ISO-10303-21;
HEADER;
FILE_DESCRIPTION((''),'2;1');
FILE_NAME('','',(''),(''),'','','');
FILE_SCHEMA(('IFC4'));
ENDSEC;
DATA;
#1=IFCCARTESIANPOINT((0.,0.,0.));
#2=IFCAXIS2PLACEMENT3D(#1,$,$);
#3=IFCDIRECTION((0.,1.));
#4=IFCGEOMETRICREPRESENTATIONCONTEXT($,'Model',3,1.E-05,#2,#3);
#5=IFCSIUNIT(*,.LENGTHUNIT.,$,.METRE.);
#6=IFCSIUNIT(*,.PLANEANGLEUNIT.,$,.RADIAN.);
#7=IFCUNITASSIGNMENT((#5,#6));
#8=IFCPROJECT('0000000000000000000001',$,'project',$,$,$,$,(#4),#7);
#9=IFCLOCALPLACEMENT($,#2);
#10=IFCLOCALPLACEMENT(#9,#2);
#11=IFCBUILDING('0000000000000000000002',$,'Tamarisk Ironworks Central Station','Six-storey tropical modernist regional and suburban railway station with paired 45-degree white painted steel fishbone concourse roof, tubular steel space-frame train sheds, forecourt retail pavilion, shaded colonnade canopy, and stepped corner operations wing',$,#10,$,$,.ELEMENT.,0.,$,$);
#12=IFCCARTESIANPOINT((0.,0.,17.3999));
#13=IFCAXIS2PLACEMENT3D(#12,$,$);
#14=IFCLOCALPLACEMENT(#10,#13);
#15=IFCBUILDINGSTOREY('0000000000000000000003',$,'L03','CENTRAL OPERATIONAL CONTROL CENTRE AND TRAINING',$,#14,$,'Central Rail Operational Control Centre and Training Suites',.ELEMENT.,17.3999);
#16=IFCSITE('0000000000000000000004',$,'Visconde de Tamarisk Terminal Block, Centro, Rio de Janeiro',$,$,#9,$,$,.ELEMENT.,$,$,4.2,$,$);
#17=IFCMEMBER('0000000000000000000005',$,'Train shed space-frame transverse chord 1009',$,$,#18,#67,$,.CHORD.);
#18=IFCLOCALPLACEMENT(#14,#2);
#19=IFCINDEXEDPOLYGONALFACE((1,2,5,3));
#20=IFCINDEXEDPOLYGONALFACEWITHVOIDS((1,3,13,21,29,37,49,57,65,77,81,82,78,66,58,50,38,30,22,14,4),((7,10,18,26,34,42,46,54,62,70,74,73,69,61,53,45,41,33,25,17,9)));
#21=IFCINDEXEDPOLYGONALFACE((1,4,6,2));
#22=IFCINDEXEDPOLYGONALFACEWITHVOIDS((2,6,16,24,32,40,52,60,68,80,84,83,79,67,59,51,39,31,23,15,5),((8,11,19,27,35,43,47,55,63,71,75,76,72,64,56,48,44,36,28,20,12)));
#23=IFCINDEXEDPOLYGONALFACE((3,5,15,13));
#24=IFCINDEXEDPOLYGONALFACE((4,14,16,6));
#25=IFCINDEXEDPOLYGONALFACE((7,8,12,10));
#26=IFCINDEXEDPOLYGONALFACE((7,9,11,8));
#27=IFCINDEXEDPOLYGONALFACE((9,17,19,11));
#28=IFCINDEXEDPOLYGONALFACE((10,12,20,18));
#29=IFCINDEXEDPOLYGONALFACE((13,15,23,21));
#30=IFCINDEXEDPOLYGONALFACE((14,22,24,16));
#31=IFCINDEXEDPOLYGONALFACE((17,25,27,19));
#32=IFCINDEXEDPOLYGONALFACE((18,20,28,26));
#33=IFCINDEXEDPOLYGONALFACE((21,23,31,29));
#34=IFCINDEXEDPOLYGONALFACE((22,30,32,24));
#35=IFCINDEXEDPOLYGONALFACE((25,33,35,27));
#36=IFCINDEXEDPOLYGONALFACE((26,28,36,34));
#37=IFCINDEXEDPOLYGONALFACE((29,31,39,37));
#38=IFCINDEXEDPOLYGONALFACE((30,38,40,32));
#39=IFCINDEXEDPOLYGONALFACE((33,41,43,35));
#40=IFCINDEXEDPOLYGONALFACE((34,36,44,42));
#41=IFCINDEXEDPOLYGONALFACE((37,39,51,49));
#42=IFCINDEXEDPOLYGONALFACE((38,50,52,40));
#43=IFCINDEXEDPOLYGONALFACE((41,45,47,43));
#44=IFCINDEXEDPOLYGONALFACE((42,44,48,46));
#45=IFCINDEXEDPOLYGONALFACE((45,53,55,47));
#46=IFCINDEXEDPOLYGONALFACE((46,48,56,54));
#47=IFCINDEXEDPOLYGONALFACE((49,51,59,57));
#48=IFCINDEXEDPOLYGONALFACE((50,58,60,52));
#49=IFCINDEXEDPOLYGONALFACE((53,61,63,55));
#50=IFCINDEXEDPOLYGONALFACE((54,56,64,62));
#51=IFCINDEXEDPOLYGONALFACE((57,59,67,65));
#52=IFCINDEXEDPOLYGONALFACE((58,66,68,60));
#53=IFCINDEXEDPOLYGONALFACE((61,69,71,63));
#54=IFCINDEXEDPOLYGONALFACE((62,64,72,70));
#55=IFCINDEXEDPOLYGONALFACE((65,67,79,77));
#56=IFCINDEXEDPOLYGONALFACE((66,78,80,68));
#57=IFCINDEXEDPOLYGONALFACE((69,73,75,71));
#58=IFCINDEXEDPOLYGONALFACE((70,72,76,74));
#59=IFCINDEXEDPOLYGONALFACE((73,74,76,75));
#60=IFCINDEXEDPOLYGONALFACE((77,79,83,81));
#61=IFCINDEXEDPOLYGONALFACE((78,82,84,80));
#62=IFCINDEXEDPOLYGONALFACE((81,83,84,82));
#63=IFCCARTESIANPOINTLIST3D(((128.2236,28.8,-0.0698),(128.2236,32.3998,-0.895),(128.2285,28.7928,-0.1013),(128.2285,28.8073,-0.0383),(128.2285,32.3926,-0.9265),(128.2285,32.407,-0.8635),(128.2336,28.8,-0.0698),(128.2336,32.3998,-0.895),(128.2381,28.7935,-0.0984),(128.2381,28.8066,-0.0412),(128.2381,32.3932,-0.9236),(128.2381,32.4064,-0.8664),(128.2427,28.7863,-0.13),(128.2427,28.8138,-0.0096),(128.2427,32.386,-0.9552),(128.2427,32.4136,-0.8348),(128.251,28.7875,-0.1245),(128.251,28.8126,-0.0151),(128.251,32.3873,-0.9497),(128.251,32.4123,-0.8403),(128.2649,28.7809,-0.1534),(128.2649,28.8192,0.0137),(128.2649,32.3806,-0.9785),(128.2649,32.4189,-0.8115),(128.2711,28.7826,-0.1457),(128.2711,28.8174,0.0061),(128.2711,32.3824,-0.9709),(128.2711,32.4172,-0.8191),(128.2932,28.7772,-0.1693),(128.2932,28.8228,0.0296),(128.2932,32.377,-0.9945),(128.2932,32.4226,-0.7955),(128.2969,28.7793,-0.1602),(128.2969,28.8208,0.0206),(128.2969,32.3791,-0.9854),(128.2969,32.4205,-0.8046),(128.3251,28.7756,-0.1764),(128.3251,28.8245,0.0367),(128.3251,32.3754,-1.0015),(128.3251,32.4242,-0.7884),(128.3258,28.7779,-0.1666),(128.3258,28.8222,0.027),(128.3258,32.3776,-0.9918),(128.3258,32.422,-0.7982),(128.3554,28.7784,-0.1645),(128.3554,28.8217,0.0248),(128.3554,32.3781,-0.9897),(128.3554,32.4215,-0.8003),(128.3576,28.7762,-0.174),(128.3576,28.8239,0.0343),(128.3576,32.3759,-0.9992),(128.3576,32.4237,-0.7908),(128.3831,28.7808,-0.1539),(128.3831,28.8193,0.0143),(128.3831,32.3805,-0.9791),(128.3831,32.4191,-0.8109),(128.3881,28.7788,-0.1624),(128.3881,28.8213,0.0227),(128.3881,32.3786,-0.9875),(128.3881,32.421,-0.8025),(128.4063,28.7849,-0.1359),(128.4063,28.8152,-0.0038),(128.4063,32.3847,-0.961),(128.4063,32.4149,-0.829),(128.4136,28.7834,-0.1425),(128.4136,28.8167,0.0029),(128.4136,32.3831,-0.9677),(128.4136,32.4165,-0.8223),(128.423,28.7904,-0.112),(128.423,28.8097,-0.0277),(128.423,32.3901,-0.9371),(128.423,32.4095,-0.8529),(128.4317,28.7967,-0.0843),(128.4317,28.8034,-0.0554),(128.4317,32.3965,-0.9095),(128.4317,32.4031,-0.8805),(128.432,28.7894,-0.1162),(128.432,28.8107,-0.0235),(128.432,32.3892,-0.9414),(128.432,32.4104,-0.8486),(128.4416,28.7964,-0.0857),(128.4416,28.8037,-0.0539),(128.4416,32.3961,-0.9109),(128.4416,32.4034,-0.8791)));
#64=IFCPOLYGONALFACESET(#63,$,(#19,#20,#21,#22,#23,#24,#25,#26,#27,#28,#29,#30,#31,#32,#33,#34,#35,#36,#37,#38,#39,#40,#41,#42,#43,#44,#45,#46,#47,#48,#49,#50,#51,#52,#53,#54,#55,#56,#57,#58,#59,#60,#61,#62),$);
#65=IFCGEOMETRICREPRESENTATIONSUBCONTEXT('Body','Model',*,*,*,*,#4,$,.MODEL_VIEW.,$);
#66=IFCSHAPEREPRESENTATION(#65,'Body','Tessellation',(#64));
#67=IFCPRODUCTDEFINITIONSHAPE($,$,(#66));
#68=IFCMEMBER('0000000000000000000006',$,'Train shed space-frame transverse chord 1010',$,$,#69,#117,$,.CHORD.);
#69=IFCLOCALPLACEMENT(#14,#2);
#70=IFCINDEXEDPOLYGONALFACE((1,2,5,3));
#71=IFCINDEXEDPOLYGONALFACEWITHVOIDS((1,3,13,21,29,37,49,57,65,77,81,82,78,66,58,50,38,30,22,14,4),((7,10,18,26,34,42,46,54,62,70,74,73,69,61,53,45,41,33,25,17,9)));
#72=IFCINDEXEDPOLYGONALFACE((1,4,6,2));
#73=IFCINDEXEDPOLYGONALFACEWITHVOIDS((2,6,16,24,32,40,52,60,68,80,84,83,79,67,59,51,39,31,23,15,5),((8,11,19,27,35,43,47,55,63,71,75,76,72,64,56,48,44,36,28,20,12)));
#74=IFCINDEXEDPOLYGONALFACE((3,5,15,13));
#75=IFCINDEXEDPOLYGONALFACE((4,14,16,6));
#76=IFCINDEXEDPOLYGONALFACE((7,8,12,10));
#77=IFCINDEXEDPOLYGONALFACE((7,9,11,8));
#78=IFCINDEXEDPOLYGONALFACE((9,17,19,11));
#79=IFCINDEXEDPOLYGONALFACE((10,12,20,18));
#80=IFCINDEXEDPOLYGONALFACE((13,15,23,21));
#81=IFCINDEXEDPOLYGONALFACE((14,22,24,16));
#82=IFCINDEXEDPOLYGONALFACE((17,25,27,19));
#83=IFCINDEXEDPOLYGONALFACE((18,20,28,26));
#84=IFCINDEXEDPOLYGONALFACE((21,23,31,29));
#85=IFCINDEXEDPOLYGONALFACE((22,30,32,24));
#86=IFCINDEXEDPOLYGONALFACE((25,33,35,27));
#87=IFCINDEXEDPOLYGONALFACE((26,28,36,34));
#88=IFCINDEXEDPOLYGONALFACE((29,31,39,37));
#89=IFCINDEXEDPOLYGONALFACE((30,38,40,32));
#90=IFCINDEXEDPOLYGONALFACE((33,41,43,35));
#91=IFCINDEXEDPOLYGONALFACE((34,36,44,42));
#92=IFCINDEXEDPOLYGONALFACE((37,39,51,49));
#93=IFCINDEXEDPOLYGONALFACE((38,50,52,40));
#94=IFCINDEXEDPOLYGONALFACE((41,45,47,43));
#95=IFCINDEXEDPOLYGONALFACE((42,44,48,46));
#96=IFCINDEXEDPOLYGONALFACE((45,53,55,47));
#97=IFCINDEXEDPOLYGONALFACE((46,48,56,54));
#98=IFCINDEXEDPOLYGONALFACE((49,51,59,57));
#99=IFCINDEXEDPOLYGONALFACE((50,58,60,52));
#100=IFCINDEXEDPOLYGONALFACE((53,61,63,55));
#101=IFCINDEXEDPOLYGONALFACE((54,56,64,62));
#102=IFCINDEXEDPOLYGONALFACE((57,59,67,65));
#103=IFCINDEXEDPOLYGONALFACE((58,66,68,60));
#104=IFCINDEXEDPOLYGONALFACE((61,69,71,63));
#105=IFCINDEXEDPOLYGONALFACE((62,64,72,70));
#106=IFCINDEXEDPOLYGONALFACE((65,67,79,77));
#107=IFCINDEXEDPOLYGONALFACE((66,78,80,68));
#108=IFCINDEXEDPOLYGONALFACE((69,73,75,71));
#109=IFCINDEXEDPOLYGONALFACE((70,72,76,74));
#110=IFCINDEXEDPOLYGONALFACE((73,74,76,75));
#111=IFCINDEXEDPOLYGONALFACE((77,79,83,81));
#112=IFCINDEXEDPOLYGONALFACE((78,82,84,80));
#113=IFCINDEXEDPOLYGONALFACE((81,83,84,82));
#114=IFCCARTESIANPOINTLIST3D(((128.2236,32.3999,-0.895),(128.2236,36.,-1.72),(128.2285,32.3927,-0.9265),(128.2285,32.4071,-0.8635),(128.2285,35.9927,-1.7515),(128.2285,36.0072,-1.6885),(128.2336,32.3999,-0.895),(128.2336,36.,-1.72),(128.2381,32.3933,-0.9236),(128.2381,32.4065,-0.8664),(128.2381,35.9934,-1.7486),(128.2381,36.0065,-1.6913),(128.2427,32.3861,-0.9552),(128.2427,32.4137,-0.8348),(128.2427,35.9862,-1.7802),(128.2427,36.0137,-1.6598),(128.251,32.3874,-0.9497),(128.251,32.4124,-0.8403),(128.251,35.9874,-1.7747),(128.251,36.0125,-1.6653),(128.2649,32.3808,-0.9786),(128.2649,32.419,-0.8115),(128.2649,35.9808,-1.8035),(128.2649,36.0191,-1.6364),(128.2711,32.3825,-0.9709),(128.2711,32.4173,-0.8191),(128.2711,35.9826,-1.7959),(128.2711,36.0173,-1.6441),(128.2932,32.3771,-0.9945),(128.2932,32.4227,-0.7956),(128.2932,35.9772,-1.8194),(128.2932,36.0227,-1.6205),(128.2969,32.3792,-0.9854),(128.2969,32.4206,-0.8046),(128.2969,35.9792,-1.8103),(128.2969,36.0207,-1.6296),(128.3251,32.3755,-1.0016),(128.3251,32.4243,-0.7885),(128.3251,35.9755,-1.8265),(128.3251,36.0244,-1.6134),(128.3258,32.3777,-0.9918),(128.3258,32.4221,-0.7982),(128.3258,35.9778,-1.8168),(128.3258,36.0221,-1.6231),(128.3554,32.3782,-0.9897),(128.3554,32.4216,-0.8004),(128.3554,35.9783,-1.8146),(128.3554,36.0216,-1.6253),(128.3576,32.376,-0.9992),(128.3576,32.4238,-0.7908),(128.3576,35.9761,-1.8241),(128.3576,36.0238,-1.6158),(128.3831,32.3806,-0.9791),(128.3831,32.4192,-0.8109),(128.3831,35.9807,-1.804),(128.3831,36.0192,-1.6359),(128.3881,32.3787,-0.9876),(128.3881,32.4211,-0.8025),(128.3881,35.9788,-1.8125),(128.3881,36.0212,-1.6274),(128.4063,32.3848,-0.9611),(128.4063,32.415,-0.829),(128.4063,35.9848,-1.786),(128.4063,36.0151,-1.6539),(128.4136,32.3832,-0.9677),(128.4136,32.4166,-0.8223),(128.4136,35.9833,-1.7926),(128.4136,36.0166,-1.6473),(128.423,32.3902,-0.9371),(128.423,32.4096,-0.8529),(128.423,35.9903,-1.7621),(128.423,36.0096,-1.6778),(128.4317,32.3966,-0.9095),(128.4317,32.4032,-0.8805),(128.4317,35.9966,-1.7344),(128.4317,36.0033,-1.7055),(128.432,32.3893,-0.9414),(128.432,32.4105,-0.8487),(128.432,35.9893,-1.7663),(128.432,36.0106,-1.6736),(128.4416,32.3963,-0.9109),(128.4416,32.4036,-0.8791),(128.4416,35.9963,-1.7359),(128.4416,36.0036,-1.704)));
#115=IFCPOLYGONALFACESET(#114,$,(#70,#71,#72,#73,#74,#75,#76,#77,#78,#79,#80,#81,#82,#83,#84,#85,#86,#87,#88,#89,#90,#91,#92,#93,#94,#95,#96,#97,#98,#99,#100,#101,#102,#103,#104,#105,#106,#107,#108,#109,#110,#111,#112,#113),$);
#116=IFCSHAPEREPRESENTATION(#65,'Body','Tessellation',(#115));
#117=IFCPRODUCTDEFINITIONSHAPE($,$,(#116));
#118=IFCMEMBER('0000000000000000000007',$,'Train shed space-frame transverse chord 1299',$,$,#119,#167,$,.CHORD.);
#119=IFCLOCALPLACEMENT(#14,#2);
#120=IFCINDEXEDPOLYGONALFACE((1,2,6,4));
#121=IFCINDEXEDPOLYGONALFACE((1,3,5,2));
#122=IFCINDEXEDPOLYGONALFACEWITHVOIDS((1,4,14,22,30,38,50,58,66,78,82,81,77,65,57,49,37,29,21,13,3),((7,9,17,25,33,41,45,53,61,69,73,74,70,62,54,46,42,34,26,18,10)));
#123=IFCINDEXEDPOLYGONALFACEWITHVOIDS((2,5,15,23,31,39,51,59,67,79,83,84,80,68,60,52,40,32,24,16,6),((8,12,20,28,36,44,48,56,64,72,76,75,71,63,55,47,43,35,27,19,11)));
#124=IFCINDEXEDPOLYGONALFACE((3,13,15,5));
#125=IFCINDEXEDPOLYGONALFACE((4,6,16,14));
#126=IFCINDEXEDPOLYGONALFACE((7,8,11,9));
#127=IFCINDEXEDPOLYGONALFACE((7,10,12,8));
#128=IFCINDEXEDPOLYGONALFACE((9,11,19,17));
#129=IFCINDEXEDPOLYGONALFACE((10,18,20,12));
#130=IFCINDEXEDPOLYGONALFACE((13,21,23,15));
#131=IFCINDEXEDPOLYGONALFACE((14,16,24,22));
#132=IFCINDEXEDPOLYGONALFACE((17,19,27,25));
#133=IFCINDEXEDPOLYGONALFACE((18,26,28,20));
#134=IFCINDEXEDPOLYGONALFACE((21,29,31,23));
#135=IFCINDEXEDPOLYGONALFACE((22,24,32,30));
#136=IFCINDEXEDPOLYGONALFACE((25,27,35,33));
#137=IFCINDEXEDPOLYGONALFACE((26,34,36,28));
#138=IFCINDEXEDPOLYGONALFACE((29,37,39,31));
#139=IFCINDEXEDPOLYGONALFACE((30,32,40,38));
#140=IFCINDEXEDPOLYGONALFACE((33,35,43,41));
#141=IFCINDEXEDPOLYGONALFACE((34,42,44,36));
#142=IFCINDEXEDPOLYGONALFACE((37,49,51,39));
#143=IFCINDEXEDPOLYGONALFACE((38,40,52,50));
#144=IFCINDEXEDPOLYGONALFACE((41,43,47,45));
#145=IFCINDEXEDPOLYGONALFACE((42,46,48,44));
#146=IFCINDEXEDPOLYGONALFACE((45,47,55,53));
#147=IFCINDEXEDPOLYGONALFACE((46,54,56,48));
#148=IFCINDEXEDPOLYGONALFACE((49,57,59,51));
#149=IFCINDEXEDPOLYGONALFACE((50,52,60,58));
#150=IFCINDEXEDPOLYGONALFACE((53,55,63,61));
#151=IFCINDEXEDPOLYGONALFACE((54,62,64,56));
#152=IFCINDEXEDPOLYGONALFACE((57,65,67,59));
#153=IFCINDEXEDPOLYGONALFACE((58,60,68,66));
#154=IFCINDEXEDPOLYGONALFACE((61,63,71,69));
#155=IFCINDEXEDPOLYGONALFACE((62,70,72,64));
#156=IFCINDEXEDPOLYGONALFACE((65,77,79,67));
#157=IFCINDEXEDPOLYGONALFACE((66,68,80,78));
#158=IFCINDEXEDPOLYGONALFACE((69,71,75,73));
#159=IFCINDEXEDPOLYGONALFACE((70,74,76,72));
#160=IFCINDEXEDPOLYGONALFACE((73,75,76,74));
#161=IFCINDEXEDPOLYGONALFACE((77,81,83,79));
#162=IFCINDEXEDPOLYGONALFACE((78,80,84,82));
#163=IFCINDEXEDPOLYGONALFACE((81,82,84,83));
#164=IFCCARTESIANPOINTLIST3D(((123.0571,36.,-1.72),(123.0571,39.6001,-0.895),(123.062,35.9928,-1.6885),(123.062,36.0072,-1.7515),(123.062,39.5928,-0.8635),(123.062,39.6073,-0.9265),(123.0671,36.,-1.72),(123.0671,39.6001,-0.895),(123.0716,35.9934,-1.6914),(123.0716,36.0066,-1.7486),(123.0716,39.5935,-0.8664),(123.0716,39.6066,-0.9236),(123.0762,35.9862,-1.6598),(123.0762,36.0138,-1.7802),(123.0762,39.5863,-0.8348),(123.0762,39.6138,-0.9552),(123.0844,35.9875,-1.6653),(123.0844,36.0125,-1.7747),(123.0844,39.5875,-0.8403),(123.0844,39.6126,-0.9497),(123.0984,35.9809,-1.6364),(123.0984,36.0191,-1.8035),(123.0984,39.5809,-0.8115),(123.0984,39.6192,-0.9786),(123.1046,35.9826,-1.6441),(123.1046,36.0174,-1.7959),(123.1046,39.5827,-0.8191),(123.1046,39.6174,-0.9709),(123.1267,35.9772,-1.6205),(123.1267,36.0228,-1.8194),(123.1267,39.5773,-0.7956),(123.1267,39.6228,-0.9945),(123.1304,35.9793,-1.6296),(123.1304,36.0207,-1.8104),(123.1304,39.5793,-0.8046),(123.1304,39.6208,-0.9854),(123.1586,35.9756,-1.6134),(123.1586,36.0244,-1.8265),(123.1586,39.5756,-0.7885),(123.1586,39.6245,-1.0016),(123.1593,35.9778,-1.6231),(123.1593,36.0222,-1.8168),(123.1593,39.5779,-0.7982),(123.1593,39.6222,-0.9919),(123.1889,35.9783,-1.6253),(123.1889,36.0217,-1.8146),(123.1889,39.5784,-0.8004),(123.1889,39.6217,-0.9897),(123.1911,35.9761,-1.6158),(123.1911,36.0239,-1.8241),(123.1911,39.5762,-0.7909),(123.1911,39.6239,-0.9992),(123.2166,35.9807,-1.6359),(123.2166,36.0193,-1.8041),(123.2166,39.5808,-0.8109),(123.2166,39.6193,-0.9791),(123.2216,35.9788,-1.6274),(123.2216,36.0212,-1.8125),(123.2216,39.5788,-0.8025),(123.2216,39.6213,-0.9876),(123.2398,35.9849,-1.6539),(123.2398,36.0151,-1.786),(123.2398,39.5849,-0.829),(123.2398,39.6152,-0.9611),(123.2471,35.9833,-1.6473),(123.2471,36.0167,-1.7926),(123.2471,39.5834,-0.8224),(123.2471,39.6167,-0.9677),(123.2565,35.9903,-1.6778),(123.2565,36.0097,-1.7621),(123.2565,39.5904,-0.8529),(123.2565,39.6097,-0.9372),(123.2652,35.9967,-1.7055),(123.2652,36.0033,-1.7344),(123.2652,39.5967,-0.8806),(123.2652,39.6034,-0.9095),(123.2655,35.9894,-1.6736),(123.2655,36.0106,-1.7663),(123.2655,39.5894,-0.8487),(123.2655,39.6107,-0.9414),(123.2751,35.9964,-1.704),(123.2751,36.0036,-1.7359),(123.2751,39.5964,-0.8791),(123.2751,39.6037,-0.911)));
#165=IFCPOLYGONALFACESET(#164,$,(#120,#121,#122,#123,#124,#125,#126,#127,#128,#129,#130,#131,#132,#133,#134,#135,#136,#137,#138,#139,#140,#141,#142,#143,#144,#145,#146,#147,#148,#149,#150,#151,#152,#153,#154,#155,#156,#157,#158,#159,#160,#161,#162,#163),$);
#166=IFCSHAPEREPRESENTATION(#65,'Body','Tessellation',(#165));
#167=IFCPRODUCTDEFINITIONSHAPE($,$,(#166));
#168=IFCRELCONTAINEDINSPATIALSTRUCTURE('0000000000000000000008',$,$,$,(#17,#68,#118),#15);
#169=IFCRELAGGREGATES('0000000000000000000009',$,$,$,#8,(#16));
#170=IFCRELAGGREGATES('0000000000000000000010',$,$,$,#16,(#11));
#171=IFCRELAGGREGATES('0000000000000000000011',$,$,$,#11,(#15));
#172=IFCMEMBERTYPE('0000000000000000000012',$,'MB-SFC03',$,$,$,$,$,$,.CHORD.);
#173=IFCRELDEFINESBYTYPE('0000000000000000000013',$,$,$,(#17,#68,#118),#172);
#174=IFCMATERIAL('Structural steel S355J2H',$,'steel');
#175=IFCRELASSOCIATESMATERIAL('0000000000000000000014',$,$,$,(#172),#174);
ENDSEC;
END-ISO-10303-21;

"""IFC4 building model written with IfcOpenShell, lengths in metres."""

from ifc_helpers import new_model, si_unit, direction, frame, origin, origin_2d, place, context, subcontext, project, spatial, hollow_circle, extrude, material, material_profile, profile_set, type_object, element, save


model = new_model("IFC4")

# Units and contexts
model_context = context("Model", 3, precision=1e-05, world=origin(), true_north=direction((0.0, 1.0)))
body_context = subcontext(model_context, "Body", "Model", "MODEL_VIEW")
ifc_project = project(units=[si_unit("LENGTHUNIT", "METRE"), si_unit("PLANEANGLEUNIT", "RADIAN")], contexts=[model_context])

# Site, building, storey
site_placement = place(None, origin())
site = spatial("IfcSite", under=ifc_project, at=site_placement, Name="Visconde de Tamarisk Terminal Block, Centro, Rio de Janeiro", CompositionType="ELEMENT", RefElevation=4.2)
building_placement = place(site_placement, origin())
building = spatial("IfcBuilding", under=site, at=building_placement, Name="Tamarisk Ironworks Central Station", Description="Six-storey tropical modernist regional and suburban railway station with paired 45-degree white painted steel fishbone concourse roof, tubular steel space-frame train sheds, forecourt retail pavilion, shaded colonnade canopy, and stepped corner operations wing", CompositionType="ELEMENT", ElevationOfRefHeight=0.0)
storey_placement = place(building_placement, frame((0.0, 0.0, 17.3999)))
storey = spatial("IfcBuildingStorey", under=building, at=storey_placement, Name="L03", Description="CENTRAL OPERATIONAL CONTROL CENTRE AND TRAINING", LongName="Central Rail Operational Control Centre and Training Suites", CompositionType="ELEMENT", Elevation=17.3999)

# Members
ifc_material_1 = material(Name="Structural steel S355J2H", Category="steel")
ifc_material_profile_1 = material_profile(ifc_material_1, hollow_circle(Radius=0.1096, WallThickness=0.01, at=origin_2d()), Name="CHS 219.1x10")
ifc_profile_set_1 = profile_set([ifc_material_profile_1], Name="Structural steel S355J2H")
member_type_1 = type_object("IfcMemberType", Name="MB-SFC03", PredefinedType="CHORD", material=ifc_profile_set_1)
member_1_placement = place(storey_placement, frame((128.3333, 28.8, -0.0698), z_axis=(0.0, 0.974719, -0.223435), x_axis=(-1.0, 0.0, 0.0)))
element("IfcMember", 1, at=member_1_placement, inside=storey, type_object=member_type_1, Name="Train shed space-frame transverse chord 1009", PredefinedType="CHORD", context=body_context, shape_type="SweptSolid", body=[
    extrude(hollow_circle(Radius=0.1096, WallThickness=0.01, at=origin_2d()), origin(), (0.0, 0.0, 1.0), 3.6931),
])
for number, where, z_axis, x_axis, name in (
    (2, (128.3333, 32.3999, -0.895), (0.0, 0.974737, -0.223358), (-1.0, 0.0, 0.0), "Train shed space-frame transverse chord 1010"),
    (3, (123.1667, 36.0, -1.72), (0.0, 0.974737, 0.223358), (-1.0, 0.0, 0.0), "Train shed space-frame transverse chord 1299"),
):
    element("IfcMember", number, at=place(storey_placement, frame(where, z_axis=z_axis, x_axis=x_axis)), inside=storey, type_object=member_type_1, Name=name, PredefinedType="CHORD", context=body_context, shape_type="SweptSolid", body=[
        extrude(hollow_circle(Radius=0.1096, WallThickness=0.01, at=origin_2d()), origin(), (0.0, 0.0, 1.0), 3.6934),
    ])

save(model, "model.ifc")
